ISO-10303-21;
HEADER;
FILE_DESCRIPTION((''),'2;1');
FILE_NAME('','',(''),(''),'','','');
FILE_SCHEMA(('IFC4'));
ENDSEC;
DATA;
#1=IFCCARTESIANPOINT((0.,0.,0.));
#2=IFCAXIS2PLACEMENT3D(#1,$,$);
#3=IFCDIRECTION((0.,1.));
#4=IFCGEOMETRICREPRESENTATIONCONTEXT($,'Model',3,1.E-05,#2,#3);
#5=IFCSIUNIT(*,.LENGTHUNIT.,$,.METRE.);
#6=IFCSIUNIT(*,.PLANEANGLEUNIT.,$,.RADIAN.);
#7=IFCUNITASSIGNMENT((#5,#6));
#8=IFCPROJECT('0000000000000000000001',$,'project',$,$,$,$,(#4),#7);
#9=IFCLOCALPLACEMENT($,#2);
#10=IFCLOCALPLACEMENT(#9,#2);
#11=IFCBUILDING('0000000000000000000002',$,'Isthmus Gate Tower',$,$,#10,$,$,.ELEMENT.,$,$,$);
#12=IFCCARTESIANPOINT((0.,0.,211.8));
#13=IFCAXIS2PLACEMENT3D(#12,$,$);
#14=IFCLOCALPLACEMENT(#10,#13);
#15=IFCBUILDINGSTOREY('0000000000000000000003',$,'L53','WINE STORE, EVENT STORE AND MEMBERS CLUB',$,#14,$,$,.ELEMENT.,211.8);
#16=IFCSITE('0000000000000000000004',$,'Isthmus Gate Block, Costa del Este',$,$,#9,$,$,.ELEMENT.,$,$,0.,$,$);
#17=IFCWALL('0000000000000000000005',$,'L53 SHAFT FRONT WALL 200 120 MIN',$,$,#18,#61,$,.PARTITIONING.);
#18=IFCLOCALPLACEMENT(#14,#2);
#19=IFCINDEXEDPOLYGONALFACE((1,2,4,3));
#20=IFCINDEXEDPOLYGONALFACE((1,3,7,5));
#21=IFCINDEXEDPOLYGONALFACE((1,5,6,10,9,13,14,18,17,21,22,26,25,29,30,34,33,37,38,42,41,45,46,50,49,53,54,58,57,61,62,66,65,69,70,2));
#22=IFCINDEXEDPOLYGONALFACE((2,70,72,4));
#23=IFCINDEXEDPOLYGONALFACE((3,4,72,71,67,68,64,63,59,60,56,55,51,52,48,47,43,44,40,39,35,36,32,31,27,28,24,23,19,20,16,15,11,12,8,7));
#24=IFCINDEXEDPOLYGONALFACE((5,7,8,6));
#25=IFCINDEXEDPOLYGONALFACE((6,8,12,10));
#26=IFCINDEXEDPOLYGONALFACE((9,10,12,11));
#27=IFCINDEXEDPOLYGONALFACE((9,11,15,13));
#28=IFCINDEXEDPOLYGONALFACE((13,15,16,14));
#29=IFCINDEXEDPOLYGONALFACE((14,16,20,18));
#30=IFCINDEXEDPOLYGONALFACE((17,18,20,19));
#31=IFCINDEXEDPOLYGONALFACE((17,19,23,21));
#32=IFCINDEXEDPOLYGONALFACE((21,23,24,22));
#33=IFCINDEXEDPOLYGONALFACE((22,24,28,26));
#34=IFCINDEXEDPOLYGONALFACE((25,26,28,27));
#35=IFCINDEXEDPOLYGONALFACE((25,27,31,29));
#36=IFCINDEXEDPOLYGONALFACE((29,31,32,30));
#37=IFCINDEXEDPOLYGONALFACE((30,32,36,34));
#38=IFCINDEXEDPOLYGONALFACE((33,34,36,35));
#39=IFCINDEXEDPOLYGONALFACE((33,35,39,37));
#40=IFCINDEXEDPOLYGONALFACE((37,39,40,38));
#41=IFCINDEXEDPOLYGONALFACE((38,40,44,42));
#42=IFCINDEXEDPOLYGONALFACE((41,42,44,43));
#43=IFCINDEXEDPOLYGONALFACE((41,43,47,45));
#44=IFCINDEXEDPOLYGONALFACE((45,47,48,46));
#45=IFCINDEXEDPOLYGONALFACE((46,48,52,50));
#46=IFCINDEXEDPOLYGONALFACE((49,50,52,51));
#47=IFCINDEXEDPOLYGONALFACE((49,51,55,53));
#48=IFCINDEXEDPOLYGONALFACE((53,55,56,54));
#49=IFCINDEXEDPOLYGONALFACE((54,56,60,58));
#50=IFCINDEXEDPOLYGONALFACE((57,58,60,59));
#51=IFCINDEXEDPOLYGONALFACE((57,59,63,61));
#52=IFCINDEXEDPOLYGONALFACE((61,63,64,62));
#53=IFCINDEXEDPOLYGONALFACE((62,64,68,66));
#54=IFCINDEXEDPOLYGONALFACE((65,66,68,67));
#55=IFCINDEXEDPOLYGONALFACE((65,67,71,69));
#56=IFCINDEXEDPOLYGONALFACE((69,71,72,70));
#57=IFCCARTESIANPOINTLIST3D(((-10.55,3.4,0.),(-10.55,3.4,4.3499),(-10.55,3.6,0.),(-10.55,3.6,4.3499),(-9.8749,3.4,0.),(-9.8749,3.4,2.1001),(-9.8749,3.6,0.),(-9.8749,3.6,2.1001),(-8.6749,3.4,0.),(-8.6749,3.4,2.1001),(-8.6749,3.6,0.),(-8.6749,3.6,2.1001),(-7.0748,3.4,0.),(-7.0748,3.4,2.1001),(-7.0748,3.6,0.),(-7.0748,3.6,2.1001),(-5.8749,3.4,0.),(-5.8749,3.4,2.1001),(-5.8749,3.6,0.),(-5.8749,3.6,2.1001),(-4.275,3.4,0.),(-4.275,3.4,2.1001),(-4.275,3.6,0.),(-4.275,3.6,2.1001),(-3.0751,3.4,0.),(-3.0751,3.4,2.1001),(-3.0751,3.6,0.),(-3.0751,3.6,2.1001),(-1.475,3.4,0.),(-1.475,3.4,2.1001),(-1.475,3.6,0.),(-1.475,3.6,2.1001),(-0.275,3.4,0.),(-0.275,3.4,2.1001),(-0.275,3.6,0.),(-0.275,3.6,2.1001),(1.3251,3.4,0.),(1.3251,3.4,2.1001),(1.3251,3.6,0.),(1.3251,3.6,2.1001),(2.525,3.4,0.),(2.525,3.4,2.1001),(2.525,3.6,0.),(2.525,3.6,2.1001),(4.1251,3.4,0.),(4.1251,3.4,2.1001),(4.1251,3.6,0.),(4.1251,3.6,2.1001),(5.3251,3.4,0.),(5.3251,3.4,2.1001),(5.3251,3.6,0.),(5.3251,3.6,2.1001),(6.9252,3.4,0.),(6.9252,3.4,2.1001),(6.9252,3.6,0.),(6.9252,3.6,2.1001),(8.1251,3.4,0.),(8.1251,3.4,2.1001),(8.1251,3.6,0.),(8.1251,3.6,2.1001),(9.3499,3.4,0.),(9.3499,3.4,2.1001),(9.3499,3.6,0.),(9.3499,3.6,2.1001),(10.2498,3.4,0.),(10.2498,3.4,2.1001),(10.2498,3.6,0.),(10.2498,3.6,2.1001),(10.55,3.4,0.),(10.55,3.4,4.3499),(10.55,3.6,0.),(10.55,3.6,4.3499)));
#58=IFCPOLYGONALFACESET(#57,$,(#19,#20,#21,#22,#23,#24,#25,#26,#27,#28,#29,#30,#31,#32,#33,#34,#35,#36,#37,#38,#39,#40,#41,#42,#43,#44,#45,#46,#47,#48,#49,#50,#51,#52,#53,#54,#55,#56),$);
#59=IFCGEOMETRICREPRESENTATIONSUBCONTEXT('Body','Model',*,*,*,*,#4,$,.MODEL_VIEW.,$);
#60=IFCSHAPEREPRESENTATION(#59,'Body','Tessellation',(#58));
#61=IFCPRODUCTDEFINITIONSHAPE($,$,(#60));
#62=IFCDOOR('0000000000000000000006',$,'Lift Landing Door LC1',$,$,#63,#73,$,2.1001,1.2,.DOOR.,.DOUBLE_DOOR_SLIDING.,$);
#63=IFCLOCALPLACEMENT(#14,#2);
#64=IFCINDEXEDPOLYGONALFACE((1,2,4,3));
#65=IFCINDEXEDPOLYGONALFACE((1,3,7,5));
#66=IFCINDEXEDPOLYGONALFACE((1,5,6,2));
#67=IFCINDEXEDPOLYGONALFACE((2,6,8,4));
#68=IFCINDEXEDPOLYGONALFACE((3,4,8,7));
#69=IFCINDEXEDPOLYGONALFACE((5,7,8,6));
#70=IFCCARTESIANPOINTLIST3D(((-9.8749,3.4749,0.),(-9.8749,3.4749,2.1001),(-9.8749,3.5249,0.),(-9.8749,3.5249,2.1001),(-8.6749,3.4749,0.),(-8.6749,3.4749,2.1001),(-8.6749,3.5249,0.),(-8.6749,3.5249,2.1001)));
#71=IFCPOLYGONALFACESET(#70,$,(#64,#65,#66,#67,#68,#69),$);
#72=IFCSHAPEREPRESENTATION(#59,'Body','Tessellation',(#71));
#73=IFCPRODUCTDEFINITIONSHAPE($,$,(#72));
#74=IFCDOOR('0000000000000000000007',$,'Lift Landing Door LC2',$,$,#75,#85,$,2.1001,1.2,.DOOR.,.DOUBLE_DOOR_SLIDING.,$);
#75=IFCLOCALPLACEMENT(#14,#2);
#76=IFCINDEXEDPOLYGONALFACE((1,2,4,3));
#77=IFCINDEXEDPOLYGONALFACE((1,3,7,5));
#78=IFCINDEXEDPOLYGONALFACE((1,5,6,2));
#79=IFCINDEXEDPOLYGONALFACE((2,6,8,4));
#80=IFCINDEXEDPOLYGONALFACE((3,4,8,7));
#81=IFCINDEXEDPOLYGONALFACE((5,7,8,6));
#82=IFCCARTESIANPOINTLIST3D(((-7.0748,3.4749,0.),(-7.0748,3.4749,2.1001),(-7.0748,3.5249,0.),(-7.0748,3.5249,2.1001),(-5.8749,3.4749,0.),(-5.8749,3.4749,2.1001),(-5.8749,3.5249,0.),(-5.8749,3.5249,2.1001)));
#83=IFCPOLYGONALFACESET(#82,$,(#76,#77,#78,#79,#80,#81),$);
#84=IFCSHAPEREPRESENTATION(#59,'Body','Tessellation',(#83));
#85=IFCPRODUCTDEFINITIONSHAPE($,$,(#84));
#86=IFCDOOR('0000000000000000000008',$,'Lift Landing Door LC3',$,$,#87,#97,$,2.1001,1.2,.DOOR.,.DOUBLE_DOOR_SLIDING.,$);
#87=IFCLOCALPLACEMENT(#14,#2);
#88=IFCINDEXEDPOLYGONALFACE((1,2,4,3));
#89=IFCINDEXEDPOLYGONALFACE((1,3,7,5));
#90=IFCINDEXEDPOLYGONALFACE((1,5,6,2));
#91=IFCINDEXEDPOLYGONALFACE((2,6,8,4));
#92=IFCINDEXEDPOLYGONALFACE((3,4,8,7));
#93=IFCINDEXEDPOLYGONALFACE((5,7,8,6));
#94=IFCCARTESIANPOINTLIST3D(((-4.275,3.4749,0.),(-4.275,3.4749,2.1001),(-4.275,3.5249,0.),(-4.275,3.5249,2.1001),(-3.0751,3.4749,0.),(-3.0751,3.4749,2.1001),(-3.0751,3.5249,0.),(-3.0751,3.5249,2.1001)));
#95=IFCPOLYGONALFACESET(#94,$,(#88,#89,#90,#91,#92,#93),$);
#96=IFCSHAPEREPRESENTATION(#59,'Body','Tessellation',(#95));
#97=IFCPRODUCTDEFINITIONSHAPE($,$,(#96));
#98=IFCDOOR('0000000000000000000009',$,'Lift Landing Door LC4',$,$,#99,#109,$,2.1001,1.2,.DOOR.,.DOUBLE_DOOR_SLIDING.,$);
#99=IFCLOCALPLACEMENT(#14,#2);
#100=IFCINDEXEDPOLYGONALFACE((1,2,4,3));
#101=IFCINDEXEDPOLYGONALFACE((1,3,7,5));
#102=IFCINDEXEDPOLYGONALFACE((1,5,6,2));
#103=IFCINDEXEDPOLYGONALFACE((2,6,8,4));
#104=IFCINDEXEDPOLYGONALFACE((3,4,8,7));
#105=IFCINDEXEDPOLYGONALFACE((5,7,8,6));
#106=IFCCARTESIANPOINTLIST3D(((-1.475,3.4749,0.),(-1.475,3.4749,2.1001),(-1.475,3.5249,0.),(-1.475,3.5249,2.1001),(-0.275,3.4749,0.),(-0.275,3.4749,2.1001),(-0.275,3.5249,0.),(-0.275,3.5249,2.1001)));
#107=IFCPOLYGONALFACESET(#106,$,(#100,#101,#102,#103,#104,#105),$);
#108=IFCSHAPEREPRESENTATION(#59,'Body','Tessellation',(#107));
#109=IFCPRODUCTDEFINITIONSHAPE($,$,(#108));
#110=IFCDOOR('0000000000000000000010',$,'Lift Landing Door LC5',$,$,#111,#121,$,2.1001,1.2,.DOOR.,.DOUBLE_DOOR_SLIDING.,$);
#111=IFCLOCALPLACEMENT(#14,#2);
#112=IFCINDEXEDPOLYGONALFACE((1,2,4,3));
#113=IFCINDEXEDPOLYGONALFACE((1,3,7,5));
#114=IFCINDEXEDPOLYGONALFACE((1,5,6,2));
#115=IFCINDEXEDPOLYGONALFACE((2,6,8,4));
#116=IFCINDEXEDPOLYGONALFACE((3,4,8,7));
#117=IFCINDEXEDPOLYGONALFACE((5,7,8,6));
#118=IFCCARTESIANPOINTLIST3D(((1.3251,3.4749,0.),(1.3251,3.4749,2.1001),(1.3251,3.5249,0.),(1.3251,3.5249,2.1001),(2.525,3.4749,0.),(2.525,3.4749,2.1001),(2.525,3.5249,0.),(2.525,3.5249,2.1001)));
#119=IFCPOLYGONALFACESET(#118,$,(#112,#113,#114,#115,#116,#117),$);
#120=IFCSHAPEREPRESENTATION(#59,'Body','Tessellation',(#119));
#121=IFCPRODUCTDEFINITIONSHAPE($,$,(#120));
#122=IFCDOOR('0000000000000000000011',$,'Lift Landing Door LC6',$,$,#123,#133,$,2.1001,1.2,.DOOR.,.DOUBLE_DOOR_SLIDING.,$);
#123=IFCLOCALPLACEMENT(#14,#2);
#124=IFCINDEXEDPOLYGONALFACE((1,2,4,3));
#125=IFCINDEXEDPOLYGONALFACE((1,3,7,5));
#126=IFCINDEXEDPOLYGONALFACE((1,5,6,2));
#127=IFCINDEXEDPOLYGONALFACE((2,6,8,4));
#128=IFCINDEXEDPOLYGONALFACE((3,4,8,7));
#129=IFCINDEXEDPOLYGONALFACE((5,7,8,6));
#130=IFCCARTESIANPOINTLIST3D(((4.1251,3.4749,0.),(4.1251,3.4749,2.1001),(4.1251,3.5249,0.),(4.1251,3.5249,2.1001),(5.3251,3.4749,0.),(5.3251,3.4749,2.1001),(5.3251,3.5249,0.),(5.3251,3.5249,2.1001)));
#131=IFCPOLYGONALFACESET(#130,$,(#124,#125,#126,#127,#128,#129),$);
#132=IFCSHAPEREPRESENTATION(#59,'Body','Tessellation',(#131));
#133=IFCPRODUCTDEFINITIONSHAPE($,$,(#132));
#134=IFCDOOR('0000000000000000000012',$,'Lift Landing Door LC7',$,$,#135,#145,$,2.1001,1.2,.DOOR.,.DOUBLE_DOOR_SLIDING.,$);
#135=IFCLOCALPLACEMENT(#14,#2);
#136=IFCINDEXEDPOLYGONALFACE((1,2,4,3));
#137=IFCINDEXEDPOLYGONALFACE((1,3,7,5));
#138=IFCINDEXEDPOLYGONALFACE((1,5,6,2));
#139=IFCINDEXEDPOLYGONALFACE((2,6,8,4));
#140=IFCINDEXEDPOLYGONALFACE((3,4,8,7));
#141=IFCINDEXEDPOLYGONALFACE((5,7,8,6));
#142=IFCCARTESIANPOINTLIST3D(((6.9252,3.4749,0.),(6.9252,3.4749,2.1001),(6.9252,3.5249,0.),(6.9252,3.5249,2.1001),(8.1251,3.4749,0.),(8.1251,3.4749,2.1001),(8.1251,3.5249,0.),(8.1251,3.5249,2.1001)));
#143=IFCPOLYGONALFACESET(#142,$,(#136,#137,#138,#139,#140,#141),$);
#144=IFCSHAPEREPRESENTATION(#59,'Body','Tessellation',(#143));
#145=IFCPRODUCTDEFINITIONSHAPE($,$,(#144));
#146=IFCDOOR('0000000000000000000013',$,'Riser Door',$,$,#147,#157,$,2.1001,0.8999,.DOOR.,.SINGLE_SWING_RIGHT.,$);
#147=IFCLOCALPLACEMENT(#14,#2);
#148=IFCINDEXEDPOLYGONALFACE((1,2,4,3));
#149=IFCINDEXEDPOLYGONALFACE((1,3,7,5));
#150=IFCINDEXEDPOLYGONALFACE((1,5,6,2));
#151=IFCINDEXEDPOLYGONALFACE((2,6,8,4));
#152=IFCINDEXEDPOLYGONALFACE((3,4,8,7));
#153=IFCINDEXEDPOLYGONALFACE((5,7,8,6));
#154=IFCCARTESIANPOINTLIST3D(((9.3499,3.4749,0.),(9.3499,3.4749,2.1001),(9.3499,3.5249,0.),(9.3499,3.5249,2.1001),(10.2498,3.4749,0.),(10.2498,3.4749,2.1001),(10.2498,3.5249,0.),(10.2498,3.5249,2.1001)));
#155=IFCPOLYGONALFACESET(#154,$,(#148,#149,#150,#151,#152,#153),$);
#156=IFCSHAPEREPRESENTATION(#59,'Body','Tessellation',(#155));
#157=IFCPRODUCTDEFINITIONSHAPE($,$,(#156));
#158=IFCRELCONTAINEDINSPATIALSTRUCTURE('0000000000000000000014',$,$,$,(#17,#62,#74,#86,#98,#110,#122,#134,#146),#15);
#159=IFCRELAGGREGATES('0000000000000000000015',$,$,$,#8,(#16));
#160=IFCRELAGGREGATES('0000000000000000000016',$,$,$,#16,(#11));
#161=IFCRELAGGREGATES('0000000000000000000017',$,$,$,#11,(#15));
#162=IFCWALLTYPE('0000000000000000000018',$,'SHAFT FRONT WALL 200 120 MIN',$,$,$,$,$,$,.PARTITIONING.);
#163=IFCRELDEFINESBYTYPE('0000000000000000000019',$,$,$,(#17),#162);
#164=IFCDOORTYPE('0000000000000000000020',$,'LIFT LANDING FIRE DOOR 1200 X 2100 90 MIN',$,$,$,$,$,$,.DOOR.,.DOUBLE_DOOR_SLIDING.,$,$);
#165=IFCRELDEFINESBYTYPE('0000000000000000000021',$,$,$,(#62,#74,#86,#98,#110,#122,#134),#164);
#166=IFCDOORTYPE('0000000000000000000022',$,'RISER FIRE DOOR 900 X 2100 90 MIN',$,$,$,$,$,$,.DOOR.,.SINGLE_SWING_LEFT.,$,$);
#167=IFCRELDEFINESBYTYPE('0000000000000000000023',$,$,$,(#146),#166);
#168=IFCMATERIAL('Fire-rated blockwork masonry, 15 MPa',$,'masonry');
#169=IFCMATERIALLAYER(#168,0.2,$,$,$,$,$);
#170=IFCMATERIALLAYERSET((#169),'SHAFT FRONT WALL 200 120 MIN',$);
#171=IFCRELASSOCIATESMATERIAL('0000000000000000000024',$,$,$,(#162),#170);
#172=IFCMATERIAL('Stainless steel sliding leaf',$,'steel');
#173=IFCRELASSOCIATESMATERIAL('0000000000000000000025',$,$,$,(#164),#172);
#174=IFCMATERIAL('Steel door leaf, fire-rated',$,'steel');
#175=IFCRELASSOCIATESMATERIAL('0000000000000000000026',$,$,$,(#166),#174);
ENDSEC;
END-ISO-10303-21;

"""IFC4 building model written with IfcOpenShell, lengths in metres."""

from ifc_helpers import new_model, si_unit, direction, frame, frame_2d, origin, place, context, subcontext, project, spatial, rectangle, extrude, material, layer, layer_set, type_object, element, fill, save


model = new_model("IFC4")

# Units and contexts
model_context = context("Model", 3, precision=1e-05, world=origin(), true_north=direction((0.0, 1.0)))
body_context = subcontext(model_context, "Body", "Model", "MODEL_VIEW")
ifc_project = project(units=[si_unit("LENGTHUNIT", "METRE"), si_unit("PLANEANGLEUNIT", "RADIAN")], contexts=[model_context])

# Site, building, storey
site_placement = place(None, origin())
site = spatial("IfcSite", under=ifc_project, at=site_placement, Name="Isthmus Gate Block, Costa del Este", CompositionType="ELEMENT", RefElevation=0.0)
building_placement = place(site_placement, origin())
building = spatial("IfcBuilding", under=site, at=building_placement, Name="Isthmus Gate Tower", CompositionType="ELEMENT")
storey_placement = place(building_placement, frame((0.0, 0.0, 211.8)))
storey = spatial("IfcBuildingStorey", under=building, at=storey_placement, Name="L53", Description="WINE STORE, EVENT STORE AND MEMBERS CLUB", CompositionType="ELEMENT", Elevation=211.8)

# Wall, openings, doors
ifc_material_1 = material(Name="Fire-rated blockwork masonry, 15 MPa", Category="masonry")
ifc_layer_1 = layer(ifc_material_1, 0.2)
ifc_layer_set_1 = layer_set([ifc_layer_1], Name="SHAFT FRONT WALL 200 120 MIN")
wall_type_1 = type_object("IfcWallType", Name="SHAFT FRONT WALL 200 120 MIN", PredefinedType="PARTITIONING", material=ifc_layer_set_1)
wall_1_placement = place(storey_placement, frame((-10.55, 3.5, 0.0), z_axis=(0.0, 0.0, 1.0), x_axis=(1.0, 0.0, 0.0)))
wall_1 = element("IfcWall", 1, at=wall_1_placement, inside=storey, type_object=wall_type_1, Name="L53 SHAFT FRONT WALL 200 120 MIN", PredefinedType="PARTITIONING", context=body_context, shape_type="SweptSolid", body=[
    extrude(rectangle(XDim=21.1001, YDim=0.2, at=frame_2d((10.55, 0.0))), origin(), (0.0, 0.0, 1.0), 4.3499),
])
opening_1_placement = place(wall_1_placement, frame((0.675, 0.0, 0.0)))
opening_1 = element("IfcOpeningElement", 2, at=opening_1_placement, cuts=wall_1, PredefinedType="OPENING", context=body_context, shape_type="SweptSolid", body=[
    extrude(rectangle(XDim=1.2, YDim=2.1001, at=frame_2d((0.6001, 1.05))), frame((0.0, 0.1099, 0.0), z_axis=(0.0, -1.0, 0.0), x_axis=(1.0, 0.0, 0.0)), (0.0, 0.0, 1.0), 0.22),
])
opening_2_placement = place(wall_1_placement, frame((3.4751, 0.0, 0.0)))
opening_2 = element("IfcOpeningElement", 3, at=opening_2_placement, cuts=wall_1, PredefinedType="OPENING", context=body_context, shape_type="SweptSolid", body=[
    extrude(rectangle(XDim=1.2, YDim=2.1001, at=frame_2d((0.6001, 1.05))), frame((0.0, 0.1099, 0.0), z_axis=(0.0, -1.0, 0.0), x_axis=(1.0, 0.0, 0.0)), (0.0, 0.0, 1.0), 0.22),
])
opening_3_placement = place(wall_1_placement, frame((6.2749, 0.0, 0.0)))
opening_3 = element("IfcOpeningElement", 4, at=opening_3_placement, cuts=wall_1, PredefinedType="OPENING", context=body_context, shape_type="SweptSolid", body=[
    extrude(rectangle(XDim=1.2, YDim=2.1001, at=frame_2d((0.6001, 1.05))), frame((0.0, 0.1099, 0.0), z_axis=(0.0, -1.0, 0.0), x_axis=(1.0, 0.0, 0.0)), (0.0, 0.0, 1.0), 0.22),
])
opening_4_placement = place(wall_1_placement, frame((9.075, 0.0, 0.0)))
opening_4 = element("IfcOpeningElement", 5, at=opening_4_placement, cuts=wall_1, PredefinedType="OPENING", context=body_context, shape_type="SweptSolid", body=[
    extrude(rectangle(XDim=1.2, YDim=2.1001, at=frame_2d((0.6001, 1.05))), frame((0.0, 0.1099, 0.0), z_axis=(0.0, -1.0, 0.0), x_axis=(1.0, 0.0, 0.0)), (0.0, 0.0, 1.0), 0.22),
])
opening_5_placement = place(wall_1_placement, frame((11.875, 0.0, 0.0)))
opening_5 = element("IfcOpeningElement", 6, at=opening_5_placement, cuts=wall_1, PredefinedType="OPENING", context=body_context, shape_type="SweptSolid", body=[
    extrude(rectangle(XDim=1.2, YDim=2.1001, at=frame_2d((0.6001, 1.05))), frame((0.0, 0.1099, 0.0), z_axis=(0.0, -1.0, 0.0), x_axis=(1.0, 0.0, 0.0)), (0.0, 0.0, 1.0), 0.22),
])
opening_6_placement = place(wall_1_placement, frame((14.675, 0.0, 0.0)))
opening_6 = element("IfcOpeningElement", 7, at=opening_6_placement, cuts=wall_1, PredefinedType="OPENING", context=body_context, shape_type="SweptSolid", body=[
    extrude(rectangle(XDim=1.2, YDim=2.1001, at=frame_2d((0.6001, 1.05))), frame((0.0, 0.1099, 0.0), z_axis=(0.0, -1.0, 0.0), x_axis=(1.0, 0.0, 0.0)), (0.0, 0.0, 1.0), 0.22),
])
opening_7_placement = place(wall_1_placement, frame((17.4751, 0.0, 0.0)))
opening_7 = element("IfcOpeningElement", 8, at=opening_7_placement, cuts=wall_1, PredefinedType="OPENING", context=body_context, shape_type="SweptSolid", body=[
    extrude(rectangle(XDim=1.2, YDim=2.1001, at=frame_2d((0.6001, 1.05))), frame((0.0, 0.1099, 0.0), z_axis=(0.0, -1.0, 0.0), x_axis=(1.0, 0.0, 0.0)), (0.0, 0.0, 1.0), 0.22),
])
opening_8_placement = place(wall_1_placement, frame((19.8999, 0.0, 0.0)))
opening_8 = element("IfcOpeningElement", 9, at=opening_8_placement, cuts=wall_1, PredefinedType="OPENING", context=body_context, shape_type="SweptSolid", body=[
    extrude(rectangle(XDim=0.8999, YDim=2.1001, at=frame_2d((0.45, 1.05))), frame((0.0, 0.1099, 0.0), z_axis=(0.0, -1.0, 0.0), x_axis=(1.0, 0.0, 0.0)), (0.0, 0.0, 1.0), 0.22),
])
ifc_material_2 = material(Name="Stainless steel sliding leaf", Category="steel")
door_type_1 = type_object("IfcDoorType", Name="LIFT LANDING FIRE DOOR 1200 X 2100 90 MIN", OperationType="DOUBLE_DOOR_SLIDING", PredefinedType="DOOR", material=ifc_material_2)
door_1_placement = place(opening_1_placement, origin())
door_1 = element("IfcDoor", 10, at=door_1_placement, inside=storey, type_object=door_type_1, Name="Lift Landing Door LC1", OperationType="DOUBLE_DOOR_SLIDING", OverallHeight=2.1001, OverallWidth=1.2, PredefinedType="DOOR", context=body_context, shape_type="SweptSolid", body=[
    extrude(rectangle(XDim=1.2, YDim=2.1001, at=frame_2d((0.6001, 1.05))), frame((0.0, 0.0249, 0.0), z_axis=(0.0, -1.0, 0.0), x_axis=(1.0, 0.0, 0.0)), (0.0, 0.0, 1.0), 0.05),
])
fill(opening_1, door_1)
door_2_placement = place(opening_2_placement, origin())
door_2 = element("IfcDoor", 11, at=door_2_placement, inside=storey, type_object=door_type_1, Name="Lift Landing Door LC2", OperationType="DOUBLE_DOOR_SLIDING", OverallHeight=2.1001, OverallWidth=1.2, PredefinedType="DOOR", context=body_context, shape_type="SweptSolid", body=[
    extrude(rectangle(XDim=1.2, YDim=2.1001, at=frame_2d((0.6001, 1.05))), frame((0.0, 0.0249, 0.0), z_axis=(0.0, -1.0, 0.0), x_axis=(1.0, 0.0, 0.0)), (0.0, 0.0, 1.0), 0.05),
])
fill(opening_2, door_2)
door_3_placement = place(opening_3_placement, origin())
door_3 = element("IfcDoor", 12, at=door_3_placement, inside=storey, type_object=door_type_1, Name="Lift Landing Door LC3", OperationType="DOUBLE_DOOR_SLIDING", OverallHeight=2.1001, OverallWidth=1.2, PredefinedType="DOOR", context=body_context, shape_type="SweptSolid", body=[
    extrude(rectangle(XDim=1.2, YDim=2.1001, at=frame_2d((0.6001, 1.05))), frame((0.0, 0.0249, 0.0), z_axis=(0.0, -1.0, 0.0), x_axis=(1.0, 0.0, 0.0)), (0.0, 0.0, 1.0), 0.05),
])
fill(opening_3, door_3)
door_4_placement = place(opening_4_placement, origin())
door_4 = element("IfcDoor", 13, at=door_4_placement, inside=storey, type_object=door_type_1, Name="Lift Landing Door LC4", OperationType="DOUBLE_DOOR_SLIDING", OverallHeight=2.1001, OverallWidth=1.2, PredefinedType="DOOR", context=body_context, shape_type="SweptSolid", body=[
    extrude(rectangle(XDim=1.2, YDim=2.1001, at=frame_2d((0.6001, 1.05))), frame((0.0, 0.0249, 0.0), z_axis=(0.0, -1.0, 0.0), x_axis=(1.0, 0.0, 0.0)), (0.0, 0.0, 1.0), 0.05),
])
fill(opening_4, door_4)
door_5_placement = place(opening_5_placement, origin())
door_5 = element("IfcDoor", 14, at=door_5_placement, inside=storey, type_object=door_type_1, Name="Lift Landing Door LC5", OperationType="DOUBLE_DOOR_SLIDING", OverallHeight=2.1001, OverallWidth=1.2, PredefinedType="DOOR", context=body_context, shape_type="SweptSolid", body=[
    extrude(rectangle(XDim=1.2, YDim=2.1001, at=frame_2d((0.6001, 1.05))), frame((0.0, 0.0249, 0.0), z_axis=(0.0, -1.0, 0.0), x_axis=(1.0, 0.0, 0.0)), (0.0, 0.0, 1.0), 0.05),
])
fill(opening_5, door_5)
door_6_placement = place(opening_6_placement, origin())
door_6 = element("IfcDoor", 15, at=door_6_placement, inside=storey, type_object=door_type_1, Name="Lift Landing Door LC6", OperationType="DOUBLE_DOOR_SLIDING", OverallHeight=2.1001, OverallWidth=1.2, PredefinedType="DOOR", context=body_context, shape_type="SweptSolid", body=[
    extrude(rectangle(XDim=1.2, YDim=2.1001, at=frame_2d((0.6001, 1.05))), frame((0.0, 0.0249, 0.0), z_axis=(0.0, -1.0, 0.0), x_axis=(1.0, 0.0, 0.0)), (0.0, 0.0, 1.0), 0.05),
])
fill(opening_6, door_6)
door_7_placement = place(opening_7_placement, origin())
door_7 = element("IfcDoor", 16, at=door_7_placement, inside=storey, type_object=door_type_1, Name="Lift Landing Door LC7", OperationType="DOUBLE_DOOR_SLIDING", OverallHeight=2.1001, OverallWidth=1.2, PredefinedType="DOOR", context=body_context, shape_type="SweptSolid", body=[
    extrude(rectangle(XDim=1.2, YDim=2.1001, at=frame_2d((0.6001, 1.05))), frame((0.0, 0.0249, 0.0), z_axis=(0.0, -1.0, 0.0), x_axis=(1.0, 0.0, 0.0)), (0.0, 0.0, 1.0), 0.05),
])
fill(opening_7, door_7)
ifc_material_3 = material(Name="Steel door leaf, fire-rated", Category="steel")
door_type_2 = type_object("IfcDoorType", Name="RISER FIRE DOOR 900 X 2100 90 MIN", OperationType="SINGLE_SWING_LEFT", PredefinedType="DOOR", material=ifc_material_3)
door_8_placement = place(opening_8_placement, origin())
door_8 = element("IfcDoor", 17, at=door_8_placement, inside=storey, type_object=door_type_2, Name="Riser Door", OperationType="SINGLE_SWING_RIGHT", OverallHeight=2.1001, OverallWidth=0.8999, PredefinedType="DOOR", context=body_context, shape_type="SweptSolid", body=[
    extrude(rectangle(XDim=0.8999, YDim=2.1001, at=frame_2d((0.45, 1.05))), frame((0.0, 0.0249, 0.0), z_axis=(0.0, -1.0, 0.0), x_axis=(1.0, 0.0, 0.0)), (0.0, 0.0, 1.0), 0.05),
])
fill(opening_8, door_8)

save(model, "model.ifc")
